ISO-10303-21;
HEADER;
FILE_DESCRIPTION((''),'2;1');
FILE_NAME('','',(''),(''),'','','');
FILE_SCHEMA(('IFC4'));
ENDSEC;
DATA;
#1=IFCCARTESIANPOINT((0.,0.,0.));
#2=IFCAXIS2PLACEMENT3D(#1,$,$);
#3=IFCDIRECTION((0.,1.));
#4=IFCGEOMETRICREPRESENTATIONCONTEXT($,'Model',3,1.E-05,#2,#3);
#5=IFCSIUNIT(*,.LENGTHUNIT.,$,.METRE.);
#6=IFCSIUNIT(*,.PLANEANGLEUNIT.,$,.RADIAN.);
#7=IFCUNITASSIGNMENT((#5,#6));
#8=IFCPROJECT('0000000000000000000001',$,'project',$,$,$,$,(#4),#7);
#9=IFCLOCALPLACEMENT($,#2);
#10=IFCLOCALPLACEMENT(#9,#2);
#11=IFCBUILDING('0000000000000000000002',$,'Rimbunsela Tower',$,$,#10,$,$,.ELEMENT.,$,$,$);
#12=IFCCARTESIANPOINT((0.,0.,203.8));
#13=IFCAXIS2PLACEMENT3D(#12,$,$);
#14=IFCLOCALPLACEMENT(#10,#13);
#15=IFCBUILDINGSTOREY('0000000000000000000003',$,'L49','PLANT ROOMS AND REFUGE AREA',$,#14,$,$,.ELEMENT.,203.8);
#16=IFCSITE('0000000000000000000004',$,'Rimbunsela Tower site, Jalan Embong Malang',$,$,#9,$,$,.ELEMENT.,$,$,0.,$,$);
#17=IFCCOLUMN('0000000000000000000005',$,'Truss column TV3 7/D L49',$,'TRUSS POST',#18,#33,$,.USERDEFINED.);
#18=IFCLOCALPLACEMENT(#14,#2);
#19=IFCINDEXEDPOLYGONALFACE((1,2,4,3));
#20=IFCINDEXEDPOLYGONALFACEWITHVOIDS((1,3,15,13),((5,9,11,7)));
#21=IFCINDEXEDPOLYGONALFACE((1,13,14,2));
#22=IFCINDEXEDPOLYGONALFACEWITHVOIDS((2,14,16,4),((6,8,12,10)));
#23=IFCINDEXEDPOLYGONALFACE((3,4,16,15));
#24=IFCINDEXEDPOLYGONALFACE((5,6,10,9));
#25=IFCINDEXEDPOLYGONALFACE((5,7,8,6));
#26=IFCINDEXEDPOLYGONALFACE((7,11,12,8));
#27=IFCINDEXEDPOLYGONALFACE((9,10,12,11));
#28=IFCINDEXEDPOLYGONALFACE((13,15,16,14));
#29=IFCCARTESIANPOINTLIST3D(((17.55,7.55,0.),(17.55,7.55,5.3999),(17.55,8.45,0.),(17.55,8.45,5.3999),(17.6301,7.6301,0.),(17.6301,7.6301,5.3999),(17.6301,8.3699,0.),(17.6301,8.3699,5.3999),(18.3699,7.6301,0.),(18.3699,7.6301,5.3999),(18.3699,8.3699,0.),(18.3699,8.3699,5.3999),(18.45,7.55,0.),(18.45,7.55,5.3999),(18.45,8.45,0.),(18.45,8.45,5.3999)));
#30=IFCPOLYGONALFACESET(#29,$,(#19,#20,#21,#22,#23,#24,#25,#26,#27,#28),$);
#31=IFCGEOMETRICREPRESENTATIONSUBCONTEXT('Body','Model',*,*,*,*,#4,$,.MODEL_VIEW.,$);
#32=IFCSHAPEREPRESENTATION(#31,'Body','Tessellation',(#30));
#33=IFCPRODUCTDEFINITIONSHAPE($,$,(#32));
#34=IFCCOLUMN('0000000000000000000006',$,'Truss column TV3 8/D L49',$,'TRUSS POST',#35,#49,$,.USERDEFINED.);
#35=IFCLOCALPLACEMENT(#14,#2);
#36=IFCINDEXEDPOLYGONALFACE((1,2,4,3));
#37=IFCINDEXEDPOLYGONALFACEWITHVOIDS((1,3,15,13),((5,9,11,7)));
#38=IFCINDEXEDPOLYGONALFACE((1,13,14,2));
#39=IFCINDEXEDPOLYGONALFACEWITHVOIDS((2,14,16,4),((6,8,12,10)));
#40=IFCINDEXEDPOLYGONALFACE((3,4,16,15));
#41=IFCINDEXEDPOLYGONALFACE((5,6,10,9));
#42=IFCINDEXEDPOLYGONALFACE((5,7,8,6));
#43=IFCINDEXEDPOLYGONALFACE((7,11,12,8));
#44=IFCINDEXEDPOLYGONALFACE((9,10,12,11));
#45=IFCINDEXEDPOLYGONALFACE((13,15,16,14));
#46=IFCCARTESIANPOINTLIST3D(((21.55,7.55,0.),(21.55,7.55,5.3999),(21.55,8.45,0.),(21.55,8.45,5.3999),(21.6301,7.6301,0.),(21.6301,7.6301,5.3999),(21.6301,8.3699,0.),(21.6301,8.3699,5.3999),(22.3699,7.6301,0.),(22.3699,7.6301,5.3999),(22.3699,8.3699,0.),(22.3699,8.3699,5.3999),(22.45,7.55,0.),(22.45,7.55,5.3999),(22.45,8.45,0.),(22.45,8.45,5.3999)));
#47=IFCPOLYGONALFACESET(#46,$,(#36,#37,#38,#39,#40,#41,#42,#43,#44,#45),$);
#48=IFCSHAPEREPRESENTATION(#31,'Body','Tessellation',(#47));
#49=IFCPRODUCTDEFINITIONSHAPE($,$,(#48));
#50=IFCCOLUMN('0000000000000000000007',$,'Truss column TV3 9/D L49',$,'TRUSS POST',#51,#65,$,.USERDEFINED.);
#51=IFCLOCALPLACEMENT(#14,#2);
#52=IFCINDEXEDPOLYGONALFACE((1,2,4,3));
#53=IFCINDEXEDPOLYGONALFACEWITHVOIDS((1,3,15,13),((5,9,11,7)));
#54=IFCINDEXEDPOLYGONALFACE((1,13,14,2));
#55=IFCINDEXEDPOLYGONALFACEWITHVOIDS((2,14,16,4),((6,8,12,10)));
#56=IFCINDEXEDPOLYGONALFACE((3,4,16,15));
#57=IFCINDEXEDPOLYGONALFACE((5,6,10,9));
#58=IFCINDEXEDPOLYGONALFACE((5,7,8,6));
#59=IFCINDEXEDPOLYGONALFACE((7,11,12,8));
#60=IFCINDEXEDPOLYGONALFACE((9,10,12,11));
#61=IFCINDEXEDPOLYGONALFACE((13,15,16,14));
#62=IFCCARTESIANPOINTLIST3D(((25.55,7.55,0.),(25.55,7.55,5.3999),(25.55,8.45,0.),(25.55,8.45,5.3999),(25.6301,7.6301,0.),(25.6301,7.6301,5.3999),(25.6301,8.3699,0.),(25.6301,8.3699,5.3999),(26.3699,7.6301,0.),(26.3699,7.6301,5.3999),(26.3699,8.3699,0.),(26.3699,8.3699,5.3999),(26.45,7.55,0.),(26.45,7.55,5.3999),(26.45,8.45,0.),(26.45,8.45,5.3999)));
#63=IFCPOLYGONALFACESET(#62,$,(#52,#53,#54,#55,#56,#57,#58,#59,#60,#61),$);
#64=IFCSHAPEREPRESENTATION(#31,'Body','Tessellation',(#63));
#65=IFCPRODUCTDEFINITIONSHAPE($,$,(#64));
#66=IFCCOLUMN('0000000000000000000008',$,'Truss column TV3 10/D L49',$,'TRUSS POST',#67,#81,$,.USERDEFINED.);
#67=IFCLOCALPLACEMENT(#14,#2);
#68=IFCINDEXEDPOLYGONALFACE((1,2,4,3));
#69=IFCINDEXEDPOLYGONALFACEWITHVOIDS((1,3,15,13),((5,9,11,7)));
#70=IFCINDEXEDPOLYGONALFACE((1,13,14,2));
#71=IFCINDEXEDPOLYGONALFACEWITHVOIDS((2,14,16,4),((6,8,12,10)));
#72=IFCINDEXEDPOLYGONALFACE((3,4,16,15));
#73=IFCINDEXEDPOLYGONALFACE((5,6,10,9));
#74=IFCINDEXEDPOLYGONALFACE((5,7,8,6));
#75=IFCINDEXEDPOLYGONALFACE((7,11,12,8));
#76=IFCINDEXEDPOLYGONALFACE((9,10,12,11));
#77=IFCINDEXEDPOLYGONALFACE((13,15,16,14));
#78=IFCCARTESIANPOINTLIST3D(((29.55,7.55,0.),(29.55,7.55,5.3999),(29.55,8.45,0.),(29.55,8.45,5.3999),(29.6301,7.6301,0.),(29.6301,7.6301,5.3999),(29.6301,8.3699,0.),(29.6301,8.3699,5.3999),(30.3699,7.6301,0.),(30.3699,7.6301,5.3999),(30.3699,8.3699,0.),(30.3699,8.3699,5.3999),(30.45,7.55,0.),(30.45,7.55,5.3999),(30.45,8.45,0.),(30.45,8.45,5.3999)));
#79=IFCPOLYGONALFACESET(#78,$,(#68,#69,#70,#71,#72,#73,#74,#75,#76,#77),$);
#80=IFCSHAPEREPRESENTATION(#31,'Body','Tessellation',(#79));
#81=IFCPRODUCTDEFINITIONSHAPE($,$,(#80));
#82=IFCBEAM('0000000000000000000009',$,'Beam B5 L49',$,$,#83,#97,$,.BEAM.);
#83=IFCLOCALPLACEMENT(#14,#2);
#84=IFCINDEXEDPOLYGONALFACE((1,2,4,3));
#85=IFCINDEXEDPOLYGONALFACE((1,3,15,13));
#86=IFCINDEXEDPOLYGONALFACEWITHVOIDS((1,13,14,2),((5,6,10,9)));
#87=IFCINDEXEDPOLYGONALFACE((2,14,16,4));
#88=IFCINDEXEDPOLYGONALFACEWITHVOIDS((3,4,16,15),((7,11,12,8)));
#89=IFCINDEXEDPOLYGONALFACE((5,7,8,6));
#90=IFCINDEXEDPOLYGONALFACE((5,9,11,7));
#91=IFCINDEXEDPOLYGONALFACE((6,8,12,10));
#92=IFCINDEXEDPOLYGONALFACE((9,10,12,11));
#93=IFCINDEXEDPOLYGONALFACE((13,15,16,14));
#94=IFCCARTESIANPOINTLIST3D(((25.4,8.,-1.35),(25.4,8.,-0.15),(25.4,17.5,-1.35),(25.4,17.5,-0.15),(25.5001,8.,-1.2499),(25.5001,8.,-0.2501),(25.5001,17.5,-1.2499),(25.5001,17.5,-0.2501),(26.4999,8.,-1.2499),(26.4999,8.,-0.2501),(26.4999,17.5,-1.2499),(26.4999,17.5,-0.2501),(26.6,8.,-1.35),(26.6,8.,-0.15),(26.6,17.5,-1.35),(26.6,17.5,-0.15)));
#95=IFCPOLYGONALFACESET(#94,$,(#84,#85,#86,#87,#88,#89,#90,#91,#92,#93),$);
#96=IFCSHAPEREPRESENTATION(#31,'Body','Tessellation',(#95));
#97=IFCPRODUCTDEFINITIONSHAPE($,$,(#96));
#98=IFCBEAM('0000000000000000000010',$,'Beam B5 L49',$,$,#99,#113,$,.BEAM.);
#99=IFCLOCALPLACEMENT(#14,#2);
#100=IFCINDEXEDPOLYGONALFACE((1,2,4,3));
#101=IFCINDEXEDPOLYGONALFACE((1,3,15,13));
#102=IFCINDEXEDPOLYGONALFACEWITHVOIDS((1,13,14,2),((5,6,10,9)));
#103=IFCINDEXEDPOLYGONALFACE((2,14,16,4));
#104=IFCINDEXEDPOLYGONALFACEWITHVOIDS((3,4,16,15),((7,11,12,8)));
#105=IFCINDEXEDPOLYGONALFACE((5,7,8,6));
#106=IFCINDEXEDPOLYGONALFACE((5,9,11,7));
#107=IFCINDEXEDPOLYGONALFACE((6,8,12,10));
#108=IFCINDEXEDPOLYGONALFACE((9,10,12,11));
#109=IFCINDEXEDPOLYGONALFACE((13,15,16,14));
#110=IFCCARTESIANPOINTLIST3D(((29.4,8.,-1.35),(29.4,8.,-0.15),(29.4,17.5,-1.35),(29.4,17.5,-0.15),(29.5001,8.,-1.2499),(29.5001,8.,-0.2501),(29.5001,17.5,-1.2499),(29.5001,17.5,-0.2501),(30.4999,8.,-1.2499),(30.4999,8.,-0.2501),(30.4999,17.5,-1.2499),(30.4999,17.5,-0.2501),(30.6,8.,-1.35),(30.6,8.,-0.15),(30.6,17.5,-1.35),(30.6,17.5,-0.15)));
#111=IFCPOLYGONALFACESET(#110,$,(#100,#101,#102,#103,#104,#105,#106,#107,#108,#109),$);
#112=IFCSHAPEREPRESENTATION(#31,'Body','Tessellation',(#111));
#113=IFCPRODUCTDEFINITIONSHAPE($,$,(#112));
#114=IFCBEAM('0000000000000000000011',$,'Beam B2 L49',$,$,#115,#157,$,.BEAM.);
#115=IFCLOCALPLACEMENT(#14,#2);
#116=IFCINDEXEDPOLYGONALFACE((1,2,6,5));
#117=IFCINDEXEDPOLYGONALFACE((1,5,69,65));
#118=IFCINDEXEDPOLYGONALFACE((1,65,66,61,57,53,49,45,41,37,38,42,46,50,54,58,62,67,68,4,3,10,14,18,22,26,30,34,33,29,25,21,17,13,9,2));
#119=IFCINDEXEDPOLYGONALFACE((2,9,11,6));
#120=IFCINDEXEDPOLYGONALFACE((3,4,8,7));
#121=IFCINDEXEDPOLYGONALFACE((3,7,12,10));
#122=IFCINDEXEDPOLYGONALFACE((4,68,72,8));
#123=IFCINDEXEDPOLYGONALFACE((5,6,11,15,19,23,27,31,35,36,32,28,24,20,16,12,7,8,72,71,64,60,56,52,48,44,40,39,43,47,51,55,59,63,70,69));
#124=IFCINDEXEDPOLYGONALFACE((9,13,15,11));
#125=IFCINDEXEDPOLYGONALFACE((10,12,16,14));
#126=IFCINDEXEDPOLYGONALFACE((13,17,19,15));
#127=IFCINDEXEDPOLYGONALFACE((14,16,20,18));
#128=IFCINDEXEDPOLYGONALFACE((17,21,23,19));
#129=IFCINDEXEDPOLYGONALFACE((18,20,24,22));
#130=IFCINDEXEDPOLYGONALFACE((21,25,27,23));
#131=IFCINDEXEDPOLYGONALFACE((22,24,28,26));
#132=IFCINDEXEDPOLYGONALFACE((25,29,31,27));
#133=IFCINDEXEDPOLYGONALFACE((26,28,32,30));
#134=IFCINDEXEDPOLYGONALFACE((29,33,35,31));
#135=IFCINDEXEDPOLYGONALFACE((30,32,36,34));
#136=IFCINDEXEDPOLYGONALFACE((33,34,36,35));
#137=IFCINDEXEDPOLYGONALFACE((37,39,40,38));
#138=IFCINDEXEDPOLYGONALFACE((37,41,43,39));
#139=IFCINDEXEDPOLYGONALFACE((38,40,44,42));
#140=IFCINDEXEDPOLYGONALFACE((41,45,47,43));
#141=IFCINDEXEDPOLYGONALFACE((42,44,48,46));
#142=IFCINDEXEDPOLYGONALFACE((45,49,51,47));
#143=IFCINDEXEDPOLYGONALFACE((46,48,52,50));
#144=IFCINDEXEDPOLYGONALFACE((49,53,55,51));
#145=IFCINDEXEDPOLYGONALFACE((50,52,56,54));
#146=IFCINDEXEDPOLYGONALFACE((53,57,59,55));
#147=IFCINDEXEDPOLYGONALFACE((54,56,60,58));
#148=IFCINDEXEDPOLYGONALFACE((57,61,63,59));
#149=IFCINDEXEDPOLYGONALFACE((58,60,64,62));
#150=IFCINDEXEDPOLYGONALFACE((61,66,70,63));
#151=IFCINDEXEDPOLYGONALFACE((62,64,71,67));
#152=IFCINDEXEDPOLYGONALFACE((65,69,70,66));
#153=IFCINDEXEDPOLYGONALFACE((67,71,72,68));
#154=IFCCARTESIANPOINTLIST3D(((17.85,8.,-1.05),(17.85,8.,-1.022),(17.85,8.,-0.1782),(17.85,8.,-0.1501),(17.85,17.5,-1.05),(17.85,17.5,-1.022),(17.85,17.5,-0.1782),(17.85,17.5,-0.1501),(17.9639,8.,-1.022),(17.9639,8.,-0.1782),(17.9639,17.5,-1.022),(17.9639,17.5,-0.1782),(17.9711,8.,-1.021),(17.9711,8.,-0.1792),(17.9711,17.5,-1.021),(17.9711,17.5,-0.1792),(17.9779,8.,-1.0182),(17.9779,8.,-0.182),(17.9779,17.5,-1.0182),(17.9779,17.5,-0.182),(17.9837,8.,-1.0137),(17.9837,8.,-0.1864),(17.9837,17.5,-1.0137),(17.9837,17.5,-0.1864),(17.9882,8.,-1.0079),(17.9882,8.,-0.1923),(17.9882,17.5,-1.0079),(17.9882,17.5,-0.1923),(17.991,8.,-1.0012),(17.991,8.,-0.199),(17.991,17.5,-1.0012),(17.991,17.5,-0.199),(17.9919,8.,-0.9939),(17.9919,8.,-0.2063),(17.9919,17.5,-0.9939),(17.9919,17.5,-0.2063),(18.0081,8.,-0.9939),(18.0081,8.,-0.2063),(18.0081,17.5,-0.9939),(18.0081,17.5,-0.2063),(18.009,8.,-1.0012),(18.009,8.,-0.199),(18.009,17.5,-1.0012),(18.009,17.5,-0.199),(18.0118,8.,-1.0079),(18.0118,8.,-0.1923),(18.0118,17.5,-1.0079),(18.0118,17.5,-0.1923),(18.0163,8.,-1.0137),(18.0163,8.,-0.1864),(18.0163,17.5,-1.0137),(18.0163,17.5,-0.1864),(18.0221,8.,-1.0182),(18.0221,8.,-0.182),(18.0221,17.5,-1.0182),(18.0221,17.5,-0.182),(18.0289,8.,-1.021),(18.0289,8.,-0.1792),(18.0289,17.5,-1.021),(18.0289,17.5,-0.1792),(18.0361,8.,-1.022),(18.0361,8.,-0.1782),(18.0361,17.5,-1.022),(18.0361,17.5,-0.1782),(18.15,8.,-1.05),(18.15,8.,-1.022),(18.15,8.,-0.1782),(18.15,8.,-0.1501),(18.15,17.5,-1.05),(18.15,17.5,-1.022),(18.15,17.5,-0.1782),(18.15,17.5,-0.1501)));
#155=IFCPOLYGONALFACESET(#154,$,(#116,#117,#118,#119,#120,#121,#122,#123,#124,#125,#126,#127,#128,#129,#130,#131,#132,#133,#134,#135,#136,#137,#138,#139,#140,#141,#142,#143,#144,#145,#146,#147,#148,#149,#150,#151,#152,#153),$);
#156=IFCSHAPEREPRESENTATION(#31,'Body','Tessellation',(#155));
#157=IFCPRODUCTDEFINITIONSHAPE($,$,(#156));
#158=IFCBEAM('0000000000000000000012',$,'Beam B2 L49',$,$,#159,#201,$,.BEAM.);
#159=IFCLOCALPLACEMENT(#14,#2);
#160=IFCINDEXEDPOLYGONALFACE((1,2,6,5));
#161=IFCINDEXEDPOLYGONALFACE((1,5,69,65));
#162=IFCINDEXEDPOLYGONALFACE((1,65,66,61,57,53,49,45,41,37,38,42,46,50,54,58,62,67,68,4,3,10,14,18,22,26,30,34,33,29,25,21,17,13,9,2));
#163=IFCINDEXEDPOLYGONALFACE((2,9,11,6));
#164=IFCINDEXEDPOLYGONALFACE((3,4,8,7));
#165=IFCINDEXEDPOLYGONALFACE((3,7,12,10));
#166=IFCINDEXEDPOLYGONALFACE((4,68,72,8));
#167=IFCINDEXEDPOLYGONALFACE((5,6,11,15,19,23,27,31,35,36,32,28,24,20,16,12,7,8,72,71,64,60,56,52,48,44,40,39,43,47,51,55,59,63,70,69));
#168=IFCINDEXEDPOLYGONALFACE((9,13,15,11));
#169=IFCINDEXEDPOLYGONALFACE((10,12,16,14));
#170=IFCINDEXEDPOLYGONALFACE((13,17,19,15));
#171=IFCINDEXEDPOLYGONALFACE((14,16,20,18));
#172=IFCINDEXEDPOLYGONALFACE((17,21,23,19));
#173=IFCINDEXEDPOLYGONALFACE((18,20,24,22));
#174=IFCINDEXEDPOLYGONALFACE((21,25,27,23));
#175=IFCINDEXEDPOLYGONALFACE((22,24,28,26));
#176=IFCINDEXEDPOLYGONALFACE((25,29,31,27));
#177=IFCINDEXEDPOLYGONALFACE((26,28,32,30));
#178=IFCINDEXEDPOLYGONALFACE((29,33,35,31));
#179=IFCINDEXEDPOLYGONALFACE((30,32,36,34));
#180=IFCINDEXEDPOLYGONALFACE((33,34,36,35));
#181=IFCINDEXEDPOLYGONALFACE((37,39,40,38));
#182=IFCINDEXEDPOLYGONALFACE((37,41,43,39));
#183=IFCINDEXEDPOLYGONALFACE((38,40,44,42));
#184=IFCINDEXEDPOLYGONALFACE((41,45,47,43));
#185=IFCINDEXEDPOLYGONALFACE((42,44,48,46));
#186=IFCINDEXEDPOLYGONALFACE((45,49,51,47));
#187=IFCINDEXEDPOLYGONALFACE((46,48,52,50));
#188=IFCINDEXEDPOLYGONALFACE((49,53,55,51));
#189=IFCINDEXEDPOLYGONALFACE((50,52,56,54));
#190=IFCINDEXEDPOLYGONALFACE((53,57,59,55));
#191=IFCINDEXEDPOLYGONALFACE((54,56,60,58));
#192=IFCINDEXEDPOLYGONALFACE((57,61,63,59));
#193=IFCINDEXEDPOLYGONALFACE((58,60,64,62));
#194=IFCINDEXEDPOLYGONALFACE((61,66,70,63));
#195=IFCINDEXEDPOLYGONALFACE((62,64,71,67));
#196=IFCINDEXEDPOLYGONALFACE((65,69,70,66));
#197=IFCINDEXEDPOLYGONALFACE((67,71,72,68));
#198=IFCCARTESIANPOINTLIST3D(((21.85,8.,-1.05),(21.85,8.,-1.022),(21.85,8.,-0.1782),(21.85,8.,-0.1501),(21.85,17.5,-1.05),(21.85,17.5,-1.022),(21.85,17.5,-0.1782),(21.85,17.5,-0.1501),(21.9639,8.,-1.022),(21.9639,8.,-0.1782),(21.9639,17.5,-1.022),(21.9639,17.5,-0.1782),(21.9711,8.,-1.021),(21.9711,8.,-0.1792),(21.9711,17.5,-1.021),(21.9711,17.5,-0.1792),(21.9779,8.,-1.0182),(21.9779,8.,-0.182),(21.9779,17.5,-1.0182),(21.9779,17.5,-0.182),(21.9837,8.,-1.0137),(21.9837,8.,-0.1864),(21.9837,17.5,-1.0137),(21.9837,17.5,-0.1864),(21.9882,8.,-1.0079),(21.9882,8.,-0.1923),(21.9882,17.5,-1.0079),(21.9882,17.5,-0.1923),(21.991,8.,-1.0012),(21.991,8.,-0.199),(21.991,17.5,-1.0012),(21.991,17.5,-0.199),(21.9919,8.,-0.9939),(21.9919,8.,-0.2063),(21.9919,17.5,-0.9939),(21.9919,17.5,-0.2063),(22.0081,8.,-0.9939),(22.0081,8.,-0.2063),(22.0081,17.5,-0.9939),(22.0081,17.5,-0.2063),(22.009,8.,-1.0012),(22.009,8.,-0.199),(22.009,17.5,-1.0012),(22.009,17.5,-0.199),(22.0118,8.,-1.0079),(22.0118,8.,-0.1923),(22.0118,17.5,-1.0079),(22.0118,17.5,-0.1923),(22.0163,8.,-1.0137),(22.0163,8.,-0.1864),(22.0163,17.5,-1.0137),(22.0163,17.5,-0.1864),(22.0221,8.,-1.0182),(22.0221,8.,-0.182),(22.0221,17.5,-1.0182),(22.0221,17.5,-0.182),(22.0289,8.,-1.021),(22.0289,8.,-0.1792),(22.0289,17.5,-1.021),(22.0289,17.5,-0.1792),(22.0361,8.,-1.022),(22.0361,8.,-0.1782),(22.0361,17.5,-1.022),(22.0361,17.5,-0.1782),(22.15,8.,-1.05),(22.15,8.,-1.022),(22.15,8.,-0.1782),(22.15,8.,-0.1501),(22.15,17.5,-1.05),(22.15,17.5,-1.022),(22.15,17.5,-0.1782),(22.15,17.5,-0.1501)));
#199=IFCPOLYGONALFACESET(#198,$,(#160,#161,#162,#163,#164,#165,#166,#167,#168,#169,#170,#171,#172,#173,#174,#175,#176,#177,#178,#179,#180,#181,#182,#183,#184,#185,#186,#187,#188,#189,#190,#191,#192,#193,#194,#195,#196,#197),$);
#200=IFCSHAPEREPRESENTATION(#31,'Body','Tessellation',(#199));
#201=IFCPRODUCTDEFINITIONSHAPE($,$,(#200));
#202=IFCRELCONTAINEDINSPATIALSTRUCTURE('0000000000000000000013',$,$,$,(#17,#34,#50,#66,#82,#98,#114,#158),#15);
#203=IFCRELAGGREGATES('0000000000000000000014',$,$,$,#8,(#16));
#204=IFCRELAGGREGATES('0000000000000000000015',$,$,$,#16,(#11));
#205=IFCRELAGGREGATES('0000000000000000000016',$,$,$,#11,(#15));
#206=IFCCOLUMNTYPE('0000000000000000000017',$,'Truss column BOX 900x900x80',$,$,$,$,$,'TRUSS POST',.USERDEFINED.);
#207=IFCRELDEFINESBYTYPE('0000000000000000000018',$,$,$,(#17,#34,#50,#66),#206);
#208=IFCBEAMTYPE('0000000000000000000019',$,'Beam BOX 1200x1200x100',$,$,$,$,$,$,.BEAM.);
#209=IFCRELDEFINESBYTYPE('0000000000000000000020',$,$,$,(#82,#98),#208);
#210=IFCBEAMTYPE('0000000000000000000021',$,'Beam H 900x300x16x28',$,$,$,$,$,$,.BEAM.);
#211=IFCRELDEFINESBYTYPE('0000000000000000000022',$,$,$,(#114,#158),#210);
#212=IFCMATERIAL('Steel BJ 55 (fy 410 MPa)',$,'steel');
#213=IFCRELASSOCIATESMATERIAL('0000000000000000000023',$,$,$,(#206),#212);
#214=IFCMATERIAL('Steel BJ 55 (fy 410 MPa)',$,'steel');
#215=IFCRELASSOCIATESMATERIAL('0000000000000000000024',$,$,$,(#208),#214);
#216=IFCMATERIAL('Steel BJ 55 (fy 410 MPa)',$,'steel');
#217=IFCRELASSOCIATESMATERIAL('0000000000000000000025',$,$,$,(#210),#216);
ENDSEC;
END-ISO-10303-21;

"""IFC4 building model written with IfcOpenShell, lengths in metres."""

from ifc_helpers import new_model, si_unit, direction, frame, origin, origin_2d, place, context, subcontext, project, spatial, hollow_rectangle, i_section, extrude, material, material_profile, profile_set, type_object, element, save


model = new_model("IFC4")

# Units and contexts
model_context = context("Model", 3, precision=1e-05, world=origin(), true_north=direction((0.0, 1.0)))
body_context = subcontext(model_context, "Body", "Model", "MODEL_VIEW")
ifc_project = project(units=[si_unit("LENGTHUNIT", "METRE"), si_unit("PLANEANGLEUNIT", "RADIAN")], contexts=[model_context])

# Site, building, storey
site_placement = place(None, origin())
site = spatial("IfcSite", under=ifc_project, at=site_placement, Name="Rimbunsela Tower site, Jalan Embong Malang", CompositionType="ELEMENT", RefElevation=0.0)
building_placement = place(site_placement, origin())
building = spatial("IfcBuilding", under=site, at=building_placement, Name="Rimbunsela Tower", CompositionType="ELEMENT")
storey_placement = place(building_placement, frame((0.0, 0.0, 203.8)))
storey = spatial("IfcBuildingStorey", under=building, at=storey_placement, Name="L49", Description="PLANT ROOMS AND REFUGE AREA", CompositionType="ELEMENT", Elevation=203.8)

# Columns
ifc_material_1 = material(Name="Steel BJ 55 (fy 410 MPa)", Category="steel")
ifc_material_profile_1 = material_profile(ifc_material_1, hollow_rectangle(XDim=0.8999, YDim=0.8999, WallThickness=0.0801, at=origin_2d()), Name="BOX 900x900x80")
ifc_profile_set_1 = profile_set([ifc_material_profile_1], Name="Steel BJ 55 (fy 410 MPa)")
column_type = type_object("IfcColumnType", Name="Truss column BOX 900x900x80", ElementType="TRUSS POST", PredefinedType="USERDEFINED", material=ifc_profile_set_1)
for number, where, z_axis, x_axis, name in (
    (1, (18.0, 8.0, 0.0), (0.0, 0.0, 1.0), (1.0, 0.0, 0.0), "Truss column TV3 7/D L49"),
    (2, (22.0, 8.0, 0.0), (0.0, 0.0, 1.0), (1.0, 0.0, 0.0), "Truss column TV3 8/D L49"),
    (3, (26.0, 8.0, 0.0), (0.0, 0.0, 1.0), (1.0, 0.0, 0.0), "Truss column TV3 9/D L49"),
    (4, (30.0, 8.0, 0.0), (0.0, 0.0, 1.0), (1.0, 0.0, 0.0), "Truss column TV3 10/D L49"),
):
    element("IfcColumn", number, at=place(storey_placement, frame(where, z_axis=z_axis, x_axis=x_axis)), inside=storey, type_object=column_type, Name=name, ObjectType="TRUSS POST", PredefinedType="USERDEFINED", context=body_context, shape_type="SweptSolid", body=[
        extrude(hollow_rectangle(XDim=0.8999, YDim=0.8999, WallThickness=0.0801, at=origin_2d()), origin(), (0.0, 0.0, 1.0), 5.3999),
    ])

# Beams
ifc_material_2 = material(Name="Steel BJ 55 (fy 410 MPa)", Category="steel")
ifc_material_profile_2 = material_profile(ifc_material_2, hollow_rectangle(XDim=1.2, YDim=1.2, WallThickness=0.1001, at=origin_2d()), Name="BOX 1200x1200x100")
ifc_profile_set_2 = profile_set([ifc_material_profile_2], Name="Steel BJ 55 (fy 410 MPa)")
beam_type_1 = type_object("IfcBeamType", Name="Beam BOX 1200x1200x100", PredefinedType="BEAM", material=ifc_profile_set_2)
for number, where, z_axis, x_axis, name in (
    (5, (26.0, 8.0, -0.75), (0.0, 1.0, 0.0), (-1.0, 0.0, 0.0), "Beam B5 L49"),
    (6, (30.0, 8.0, -0.75), (0.0, 1.0, 0.0), (-1.0, 0.0, 0.0), "Beam B5 L49"),
):
    element("IfcBeam", number, at=place(storey_placement, frame(where, z_axis=z_axis, x_axis=x_axis)), inside=storey, type_object=beam_type_1, Name=name, PredefinedType="BEAM", context=body_context, shape_type="SweptSolid", body=[
        extrude(hollow_rectangle(XDim=1.2, YDim=1.2, WallThickness=0.1001, at=origin_2d()), origin(), (0.0, 0.0, 1.0), 9.5),
    ])
ifc_material_3 = material(Name="Steel BJ 55 (fy 410 MPa)", Category="steel")
ifc_material_profile_3 = material_profile(ifc_material_3, i_section(OverallWidth=0.3, OverallDepth=0.8999, WebThickness=0.0161, FlangeThickness=0.0281, FilletRadius=0.0281, at=origin_2d()), Name="H 900x300x16x28")
ifc_profile_set_3 = profile_set([ifc_material_profile_3], Name="Steel BJ 55 (fy 410 MPa)")
beam_type_2 = type_object("IfcBeamType", Name="Beam H 900x300x16x28", PredefinedType="BEAM", material=ifc_profile_set_3)
for number, where, z_axis, x_axis, name in (
    (7, (18.0, 8.0, -0.6001), (0.0, 1.0, 0.0), (-1.0, 0.0, 0.0), "Beam B2 L49"),
    (8, (22.0, 8.0, -0.6001), (0.0, 1.0, 0.0), (-1.0, 0.0, 0.0), "Beam B2 L49"),
):
    element("IfcBeam", number, at=place(storey_placement, frame(where, z_axis=z_axis, x_axis=x_axis)), inside=storey, type_object=beam_type_2, Name=name, PredefinedType="BEAM", context=body_context, shape_type="SweptSolid", body=[
        extrude(i_section(OverallWidth=0.3, OverallDepth=0.8999, WebThickness=0.0161, FlangeThickness=0.0281, FilletRadius=0.0281, at=origin_2d()), origin(), (0.0, 0.0, 1.0), 9.5),
    ])

save(model, "model.ifc")
